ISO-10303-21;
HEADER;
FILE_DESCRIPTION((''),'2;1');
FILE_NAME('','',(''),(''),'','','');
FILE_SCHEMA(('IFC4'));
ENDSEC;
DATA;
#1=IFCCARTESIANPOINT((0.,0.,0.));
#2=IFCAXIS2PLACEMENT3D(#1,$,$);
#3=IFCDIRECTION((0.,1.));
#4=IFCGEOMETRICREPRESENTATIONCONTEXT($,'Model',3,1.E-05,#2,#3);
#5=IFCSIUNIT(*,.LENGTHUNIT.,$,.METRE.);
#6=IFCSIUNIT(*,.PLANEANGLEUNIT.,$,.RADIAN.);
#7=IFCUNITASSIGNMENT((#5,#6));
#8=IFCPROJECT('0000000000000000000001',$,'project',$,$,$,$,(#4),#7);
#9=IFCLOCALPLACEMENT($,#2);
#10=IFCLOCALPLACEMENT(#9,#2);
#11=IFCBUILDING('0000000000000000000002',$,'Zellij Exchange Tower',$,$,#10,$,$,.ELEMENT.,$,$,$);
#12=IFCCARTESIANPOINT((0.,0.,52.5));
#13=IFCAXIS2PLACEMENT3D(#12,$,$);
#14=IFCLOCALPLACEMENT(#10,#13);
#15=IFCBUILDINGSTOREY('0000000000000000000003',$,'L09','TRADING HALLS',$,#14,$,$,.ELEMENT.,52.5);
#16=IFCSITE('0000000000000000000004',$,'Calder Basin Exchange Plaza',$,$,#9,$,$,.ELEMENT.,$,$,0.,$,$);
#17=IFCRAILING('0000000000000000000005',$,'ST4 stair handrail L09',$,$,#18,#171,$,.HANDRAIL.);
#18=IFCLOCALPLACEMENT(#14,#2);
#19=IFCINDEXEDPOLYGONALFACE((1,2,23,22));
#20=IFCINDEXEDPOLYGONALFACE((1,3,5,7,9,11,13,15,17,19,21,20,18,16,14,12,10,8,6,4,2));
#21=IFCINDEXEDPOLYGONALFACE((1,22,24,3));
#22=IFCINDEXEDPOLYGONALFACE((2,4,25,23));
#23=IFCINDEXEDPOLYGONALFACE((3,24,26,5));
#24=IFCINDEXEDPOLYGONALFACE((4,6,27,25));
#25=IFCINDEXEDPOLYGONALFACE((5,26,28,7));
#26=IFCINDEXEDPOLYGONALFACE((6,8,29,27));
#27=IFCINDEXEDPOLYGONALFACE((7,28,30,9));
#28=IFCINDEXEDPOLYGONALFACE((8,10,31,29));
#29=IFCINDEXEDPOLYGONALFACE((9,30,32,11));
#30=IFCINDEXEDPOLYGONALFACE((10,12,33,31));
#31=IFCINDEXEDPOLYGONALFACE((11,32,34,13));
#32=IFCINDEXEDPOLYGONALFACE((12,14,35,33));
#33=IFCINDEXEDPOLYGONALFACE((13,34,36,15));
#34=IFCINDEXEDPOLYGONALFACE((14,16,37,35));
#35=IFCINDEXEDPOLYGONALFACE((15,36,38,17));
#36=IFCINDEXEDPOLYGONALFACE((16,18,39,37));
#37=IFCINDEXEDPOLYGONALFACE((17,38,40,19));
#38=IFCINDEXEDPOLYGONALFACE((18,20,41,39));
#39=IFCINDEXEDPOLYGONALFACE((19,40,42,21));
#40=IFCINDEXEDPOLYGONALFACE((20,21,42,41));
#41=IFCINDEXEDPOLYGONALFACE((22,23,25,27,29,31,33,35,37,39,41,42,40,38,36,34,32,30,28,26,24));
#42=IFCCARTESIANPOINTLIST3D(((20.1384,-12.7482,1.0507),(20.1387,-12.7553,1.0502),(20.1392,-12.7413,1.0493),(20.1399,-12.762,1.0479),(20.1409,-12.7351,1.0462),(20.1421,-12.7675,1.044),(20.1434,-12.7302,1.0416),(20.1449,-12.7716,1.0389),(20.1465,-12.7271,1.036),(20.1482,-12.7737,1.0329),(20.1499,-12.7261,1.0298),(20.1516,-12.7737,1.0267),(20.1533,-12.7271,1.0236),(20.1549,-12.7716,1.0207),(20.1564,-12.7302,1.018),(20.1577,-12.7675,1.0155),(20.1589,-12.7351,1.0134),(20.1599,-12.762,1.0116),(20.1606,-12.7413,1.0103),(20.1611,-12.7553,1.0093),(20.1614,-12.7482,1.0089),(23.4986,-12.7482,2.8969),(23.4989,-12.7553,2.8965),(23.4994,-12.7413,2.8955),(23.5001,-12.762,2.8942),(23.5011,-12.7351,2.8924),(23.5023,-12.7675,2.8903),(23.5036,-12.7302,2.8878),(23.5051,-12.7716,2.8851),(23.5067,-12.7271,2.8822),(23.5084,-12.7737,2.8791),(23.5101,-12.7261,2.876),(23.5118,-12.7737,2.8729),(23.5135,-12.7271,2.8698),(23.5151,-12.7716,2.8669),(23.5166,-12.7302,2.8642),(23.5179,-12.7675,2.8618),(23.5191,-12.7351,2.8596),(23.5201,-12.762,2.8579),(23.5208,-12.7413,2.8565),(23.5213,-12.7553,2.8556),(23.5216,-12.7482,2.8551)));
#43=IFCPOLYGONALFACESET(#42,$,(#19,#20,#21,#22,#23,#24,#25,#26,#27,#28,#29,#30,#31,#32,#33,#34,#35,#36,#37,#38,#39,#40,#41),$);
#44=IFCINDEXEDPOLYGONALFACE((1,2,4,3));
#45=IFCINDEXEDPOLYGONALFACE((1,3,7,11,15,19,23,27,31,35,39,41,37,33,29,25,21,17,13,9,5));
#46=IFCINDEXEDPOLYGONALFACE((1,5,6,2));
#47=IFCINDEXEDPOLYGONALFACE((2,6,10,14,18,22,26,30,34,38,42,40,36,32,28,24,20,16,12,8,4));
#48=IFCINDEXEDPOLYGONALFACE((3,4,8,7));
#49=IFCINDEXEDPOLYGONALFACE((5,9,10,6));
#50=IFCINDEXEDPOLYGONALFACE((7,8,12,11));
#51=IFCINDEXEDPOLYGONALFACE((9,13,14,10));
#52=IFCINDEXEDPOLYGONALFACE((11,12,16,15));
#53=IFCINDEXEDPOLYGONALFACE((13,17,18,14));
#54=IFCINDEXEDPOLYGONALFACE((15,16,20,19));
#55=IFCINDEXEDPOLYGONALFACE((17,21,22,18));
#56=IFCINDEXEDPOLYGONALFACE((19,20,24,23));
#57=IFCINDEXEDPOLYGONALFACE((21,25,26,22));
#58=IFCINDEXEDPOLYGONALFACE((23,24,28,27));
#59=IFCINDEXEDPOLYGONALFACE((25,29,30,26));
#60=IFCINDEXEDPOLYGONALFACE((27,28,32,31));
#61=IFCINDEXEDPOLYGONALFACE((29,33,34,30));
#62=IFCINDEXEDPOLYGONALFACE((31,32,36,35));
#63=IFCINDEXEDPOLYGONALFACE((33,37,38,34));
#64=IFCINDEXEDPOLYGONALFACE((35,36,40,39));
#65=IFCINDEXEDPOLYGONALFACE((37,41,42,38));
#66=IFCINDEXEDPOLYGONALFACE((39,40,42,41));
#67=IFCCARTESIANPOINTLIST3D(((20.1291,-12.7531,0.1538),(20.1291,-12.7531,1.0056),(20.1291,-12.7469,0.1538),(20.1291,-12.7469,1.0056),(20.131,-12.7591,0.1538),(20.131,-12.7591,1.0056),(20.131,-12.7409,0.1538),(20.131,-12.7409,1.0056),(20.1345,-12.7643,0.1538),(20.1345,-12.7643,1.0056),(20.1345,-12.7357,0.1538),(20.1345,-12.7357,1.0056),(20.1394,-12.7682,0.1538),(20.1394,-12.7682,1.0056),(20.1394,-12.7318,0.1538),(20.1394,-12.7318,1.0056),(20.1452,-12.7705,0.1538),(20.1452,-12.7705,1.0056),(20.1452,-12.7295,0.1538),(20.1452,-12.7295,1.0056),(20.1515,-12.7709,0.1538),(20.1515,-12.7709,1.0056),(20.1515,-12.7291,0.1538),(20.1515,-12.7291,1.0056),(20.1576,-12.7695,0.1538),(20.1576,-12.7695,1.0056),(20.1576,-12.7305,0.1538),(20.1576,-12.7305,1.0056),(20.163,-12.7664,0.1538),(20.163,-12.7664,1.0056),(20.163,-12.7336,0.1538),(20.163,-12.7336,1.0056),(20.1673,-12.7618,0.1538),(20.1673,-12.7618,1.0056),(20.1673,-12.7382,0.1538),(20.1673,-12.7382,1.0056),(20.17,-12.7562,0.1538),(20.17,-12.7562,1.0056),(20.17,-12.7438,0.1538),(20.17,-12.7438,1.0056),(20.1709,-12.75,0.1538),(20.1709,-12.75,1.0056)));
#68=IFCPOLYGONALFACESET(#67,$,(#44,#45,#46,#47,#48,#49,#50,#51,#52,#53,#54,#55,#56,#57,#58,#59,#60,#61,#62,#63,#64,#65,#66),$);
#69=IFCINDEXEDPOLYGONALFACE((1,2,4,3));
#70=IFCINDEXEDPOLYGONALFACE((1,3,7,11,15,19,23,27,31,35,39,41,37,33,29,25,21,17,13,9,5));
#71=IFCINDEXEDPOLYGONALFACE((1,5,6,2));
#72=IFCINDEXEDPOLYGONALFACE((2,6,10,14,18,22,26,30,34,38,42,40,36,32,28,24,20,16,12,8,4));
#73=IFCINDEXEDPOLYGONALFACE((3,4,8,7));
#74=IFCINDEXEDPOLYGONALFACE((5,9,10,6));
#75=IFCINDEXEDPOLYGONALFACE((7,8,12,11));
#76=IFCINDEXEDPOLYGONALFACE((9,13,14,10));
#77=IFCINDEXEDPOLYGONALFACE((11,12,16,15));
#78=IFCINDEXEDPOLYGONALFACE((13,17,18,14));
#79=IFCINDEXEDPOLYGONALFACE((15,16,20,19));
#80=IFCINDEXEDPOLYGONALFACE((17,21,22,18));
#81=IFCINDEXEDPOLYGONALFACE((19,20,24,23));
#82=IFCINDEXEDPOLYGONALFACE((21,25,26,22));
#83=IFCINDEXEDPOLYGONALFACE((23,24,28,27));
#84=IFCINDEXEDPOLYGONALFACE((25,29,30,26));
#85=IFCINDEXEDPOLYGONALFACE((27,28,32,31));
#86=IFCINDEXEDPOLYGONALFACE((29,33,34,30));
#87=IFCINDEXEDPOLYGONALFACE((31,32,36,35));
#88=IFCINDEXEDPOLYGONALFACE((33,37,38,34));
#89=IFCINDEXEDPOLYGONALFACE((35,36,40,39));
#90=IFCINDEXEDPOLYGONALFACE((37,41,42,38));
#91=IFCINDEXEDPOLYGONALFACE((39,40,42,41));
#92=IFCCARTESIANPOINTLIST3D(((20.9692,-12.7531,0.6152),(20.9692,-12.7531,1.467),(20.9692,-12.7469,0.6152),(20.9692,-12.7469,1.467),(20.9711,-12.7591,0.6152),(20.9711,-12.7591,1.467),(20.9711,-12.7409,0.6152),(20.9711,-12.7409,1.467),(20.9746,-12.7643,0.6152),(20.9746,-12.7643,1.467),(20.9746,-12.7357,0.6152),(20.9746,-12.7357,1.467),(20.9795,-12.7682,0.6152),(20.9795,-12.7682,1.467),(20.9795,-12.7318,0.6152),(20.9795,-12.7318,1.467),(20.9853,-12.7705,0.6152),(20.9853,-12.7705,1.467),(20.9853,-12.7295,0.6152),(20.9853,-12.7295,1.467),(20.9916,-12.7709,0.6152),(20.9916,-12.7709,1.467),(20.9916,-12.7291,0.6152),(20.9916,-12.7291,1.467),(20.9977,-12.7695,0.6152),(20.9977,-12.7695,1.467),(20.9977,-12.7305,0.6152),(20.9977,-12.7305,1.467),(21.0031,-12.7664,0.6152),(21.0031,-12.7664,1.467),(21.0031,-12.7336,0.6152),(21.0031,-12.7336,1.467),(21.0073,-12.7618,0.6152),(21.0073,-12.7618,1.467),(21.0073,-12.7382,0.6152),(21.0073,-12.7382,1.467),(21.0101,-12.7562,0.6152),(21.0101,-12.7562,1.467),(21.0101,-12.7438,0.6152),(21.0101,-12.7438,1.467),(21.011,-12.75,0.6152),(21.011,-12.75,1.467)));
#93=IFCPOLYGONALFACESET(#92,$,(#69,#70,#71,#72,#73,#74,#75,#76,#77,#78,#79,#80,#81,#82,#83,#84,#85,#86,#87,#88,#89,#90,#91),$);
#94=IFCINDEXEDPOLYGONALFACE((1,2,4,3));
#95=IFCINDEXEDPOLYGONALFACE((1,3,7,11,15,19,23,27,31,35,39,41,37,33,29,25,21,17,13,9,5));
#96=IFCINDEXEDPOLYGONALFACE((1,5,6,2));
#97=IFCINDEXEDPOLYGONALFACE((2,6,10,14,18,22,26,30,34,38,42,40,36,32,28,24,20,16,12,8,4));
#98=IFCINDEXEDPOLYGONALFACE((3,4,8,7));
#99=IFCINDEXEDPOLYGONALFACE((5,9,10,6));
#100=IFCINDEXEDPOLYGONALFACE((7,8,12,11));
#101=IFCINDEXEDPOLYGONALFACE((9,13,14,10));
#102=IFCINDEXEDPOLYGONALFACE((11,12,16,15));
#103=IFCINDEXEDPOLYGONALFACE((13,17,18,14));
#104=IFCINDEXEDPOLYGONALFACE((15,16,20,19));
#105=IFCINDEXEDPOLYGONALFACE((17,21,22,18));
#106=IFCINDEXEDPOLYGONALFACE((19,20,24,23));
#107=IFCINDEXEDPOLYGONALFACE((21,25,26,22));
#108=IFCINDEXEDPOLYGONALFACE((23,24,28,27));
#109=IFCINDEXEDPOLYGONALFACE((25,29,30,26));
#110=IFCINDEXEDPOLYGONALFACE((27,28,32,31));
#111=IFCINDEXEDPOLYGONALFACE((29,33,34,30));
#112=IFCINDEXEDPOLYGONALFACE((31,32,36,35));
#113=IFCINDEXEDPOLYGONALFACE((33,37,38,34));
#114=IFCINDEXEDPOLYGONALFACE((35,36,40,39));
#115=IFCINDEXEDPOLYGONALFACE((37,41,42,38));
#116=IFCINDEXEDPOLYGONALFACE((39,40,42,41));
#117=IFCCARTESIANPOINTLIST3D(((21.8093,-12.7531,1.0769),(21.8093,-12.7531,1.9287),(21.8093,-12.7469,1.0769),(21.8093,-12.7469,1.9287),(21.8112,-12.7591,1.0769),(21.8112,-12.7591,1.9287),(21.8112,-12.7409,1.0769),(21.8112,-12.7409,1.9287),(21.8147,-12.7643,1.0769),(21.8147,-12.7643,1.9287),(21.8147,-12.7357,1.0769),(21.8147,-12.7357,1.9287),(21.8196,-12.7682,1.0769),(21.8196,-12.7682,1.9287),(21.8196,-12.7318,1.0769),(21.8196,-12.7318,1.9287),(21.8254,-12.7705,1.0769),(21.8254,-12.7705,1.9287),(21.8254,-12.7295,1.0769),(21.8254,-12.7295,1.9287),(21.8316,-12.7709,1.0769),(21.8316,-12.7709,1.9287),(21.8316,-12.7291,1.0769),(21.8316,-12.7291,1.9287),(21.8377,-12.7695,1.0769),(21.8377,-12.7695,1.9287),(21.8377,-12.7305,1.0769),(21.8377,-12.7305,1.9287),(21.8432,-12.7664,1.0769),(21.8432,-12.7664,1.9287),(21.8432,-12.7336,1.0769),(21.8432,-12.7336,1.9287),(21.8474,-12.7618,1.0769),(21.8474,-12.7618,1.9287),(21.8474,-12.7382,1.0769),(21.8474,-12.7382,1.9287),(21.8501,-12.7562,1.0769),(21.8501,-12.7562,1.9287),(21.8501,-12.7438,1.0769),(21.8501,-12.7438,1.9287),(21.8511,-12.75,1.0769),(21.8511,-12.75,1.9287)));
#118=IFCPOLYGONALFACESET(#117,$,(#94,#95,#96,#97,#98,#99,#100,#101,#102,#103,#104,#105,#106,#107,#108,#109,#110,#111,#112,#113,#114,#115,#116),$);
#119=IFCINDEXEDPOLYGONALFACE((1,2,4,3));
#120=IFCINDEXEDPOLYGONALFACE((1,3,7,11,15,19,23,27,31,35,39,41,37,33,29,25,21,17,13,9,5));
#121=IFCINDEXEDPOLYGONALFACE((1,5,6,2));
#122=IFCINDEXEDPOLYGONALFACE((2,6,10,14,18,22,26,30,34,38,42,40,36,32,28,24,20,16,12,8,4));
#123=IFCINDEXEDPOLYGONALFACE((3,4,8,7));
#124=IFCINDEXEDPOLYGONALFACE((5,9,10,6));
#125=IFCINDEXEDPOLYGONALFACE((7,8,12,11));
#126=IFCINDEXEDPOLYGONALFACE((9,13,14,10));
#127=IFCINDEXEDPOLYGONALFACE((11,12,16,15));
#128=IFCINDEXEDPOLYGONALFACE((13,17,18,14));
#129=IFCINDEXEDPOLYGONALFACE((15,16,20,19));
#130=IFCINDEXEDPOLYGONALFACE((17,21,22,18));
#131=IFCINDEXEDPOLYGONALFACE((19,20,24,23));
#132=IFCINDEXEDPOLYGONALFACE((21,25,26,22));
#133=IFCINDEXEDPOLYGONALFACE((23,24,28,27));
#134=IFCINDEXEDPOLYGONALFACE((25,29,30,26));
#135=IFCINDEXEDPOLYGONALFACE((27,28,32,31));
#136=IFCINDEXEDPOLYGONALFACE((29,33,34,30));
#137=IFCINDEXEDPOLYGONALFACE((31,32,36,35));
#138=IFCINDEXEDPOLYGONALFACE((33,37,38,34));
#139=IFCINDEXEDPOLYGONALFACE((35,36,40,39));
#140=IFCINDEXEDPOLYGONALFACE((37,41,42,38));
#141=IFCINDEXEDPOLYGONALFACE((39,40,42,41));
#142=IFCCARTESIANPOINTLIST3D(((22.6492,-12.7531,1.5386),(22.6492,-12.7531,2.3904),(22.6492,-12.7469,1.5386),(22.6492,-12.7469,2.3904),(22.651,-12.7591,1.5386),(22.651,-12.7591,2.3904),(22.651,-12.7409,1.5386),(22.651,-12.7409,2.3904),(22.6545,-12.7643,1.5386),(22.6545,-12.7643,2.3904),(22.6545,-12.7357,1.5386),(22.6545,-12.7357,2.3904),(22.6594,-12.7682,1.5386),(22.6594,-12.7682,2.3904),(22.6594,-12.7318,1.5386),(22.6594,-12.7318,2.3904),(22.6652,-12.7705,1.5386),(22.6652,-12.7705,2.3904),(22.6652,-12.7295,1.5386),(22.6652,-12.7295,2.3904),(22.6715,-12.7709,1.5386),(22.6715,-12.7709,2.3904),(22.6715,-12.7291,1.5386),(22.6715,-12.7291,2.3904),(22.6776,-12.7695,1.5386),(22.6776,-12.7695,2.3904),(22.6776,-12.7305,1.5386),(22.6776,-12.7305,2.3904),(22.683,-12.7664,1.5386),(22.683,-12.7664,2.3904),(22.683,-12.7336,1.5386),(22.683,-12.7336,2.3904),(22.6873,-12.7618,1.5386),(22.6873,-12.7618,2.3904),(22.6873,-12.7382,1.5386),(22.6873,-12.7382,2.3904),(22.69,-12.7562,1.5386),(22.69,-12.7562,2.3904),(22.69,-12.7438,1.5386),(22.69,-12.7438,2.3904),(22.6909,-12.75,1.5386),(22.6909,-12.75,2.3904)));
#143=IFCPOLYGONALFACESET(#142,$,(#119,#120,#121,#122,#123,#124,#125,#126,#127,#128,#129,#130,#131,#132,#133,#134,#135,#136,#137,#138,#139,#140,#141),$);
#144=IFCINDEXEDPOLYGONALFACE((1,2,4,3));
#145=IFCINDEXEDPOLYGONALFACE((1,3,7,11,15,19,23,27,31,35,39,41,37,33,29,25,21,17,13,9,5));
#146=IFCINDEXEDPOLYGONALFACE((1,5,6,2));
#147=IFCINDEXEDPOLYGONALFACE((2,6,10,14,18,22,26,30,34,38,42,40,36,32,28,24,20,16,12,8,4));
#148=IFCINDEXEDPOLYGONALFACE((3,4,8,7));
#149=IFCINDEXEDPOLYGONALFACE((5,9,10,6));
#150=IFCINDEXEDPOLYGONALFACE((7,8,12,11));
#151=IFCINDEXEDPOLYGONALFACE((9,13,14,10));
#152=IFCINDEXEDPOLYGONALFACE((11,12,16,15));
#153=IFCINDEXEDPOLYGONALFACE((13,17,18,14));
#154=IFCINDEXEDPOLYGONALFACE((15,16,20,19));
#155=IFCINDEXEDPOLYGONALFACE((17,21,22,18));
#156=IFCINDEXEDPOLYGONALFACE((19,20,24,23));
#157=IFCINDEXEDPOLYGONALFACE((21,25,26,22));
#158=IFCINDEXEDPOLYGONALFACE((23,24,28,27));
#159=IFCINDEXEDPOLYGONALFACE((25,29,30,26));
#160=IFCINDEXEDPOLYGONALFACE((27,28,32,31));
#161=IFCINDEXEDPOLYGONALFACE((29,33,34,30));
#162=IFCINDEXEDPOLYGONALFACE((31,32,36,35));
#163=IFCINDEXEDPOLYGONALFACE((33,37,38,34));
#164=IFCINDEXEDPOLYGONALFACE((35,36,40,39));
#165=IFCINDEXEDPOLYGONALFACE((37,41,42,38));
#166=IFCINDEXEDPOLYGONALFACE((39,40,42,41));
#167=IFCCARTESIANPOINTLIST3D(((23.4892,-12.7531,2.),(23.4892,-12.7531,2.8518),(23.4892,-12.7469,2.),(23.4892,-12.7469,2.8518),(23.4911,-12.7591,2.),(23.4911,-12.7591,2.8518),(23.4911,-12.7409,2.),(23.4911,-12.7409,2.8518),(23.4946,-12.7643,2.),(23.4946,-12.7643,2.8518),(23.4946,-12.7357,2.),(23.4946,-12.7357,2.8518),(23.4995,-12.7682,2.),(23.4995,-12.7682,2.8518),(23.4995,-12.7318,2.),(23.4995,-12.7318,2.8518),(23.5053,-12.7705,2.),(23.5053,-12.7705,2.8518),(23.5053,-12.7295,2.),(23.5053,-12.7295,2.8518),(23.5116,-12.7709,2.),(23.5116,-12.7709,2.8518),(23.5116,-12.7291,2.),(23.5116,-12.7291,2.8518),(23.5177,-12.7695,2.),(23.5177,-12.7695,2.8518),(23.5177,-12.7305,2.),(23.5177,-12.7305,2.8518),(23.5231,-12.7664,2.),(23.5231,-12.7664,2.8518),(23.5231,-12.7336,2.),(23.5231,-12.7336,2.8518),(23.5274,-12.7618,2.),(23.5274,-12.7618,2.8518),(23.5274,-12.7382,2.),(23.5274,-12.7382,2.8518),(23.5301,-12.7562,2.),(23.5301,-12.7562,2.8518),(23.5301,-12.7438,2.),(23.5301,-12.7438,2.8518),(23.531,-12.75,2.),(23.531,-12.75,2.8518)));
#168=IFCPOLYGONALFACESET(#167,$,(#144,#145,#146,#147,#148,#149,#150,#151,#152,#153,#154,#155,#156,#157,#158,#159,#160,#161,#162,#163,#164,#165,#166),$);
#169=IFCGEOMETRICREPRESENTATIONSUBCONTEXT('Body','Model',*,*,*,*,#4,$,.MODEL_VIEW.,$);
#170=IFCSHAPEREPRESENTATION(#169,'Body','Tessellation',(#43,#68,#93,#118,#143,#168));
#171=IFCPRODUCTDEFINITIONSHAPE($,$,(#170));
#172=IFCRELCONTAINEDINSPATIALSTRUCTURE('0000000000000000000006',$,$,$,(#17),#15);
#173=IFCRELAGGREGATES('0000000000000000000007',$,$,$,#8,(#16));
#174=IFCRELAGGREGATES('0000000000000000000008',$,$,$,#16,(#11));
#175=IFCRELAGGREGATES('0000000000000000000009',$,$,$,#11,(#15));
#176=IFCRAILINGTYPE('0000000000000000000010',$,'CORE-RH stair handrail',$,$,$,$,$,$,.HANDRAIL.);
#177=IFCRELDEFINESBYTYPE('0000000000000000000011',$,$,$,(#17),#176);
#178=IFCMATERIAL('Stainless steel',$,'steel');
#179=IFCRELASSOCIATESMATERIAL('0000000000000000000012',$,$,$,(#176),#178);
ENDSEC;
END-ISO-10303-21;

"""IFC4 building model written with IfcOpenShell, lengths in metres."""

from ifc_helpers import new_model, si_unit, direction, frame, origin, origin_2d, place, context, subcontext, project, spatial, circle, extrude, material, type_object, element, save


model = new_model("IFC4")

# Units and contexts
model_context = context("Model", 3, precision=1e-05, world=origin(), true_north=direction((0.0, 1.0)))
body_context = subcontext(model_context, "Body", "Model", "MODEL_VIEW")
ifc_project = project(units=[si_unit("LENGTHUNIT", "METRE"), si_unit("PLANEANGLEUNIT", "RADIAN")], contexts=[model_context])

# Site, building, storey
site_placement = place(None, origin())
site = spatial("IfcSite", under=ifc_project, at=site_placement, Name="Calder Basin Exchange Plaza", CompositionType="ELEMENT", RefElevation=0.0)
building_placement = place(site_placement, origin())
building = spatial("IfcBuilding", under=site, at=building_placement, Name="Zellij Exchange Tower", CompositionType="ELEMENT")
storey_placement = place(building_placement, frame((0.0, 0.0, 52.5)))
storey = spatial("IfcBuildingStorey", under=building, at=storey_placement, Name="L09", Description="TRADING HALLS", CompositionType="ELEMENT", Elevation=52.5)

# Railing
ifc_material_1 = material(Name="Stainless steel", Category="steel")
railing_type_1 = type_object("IfcRailingType", Name="CORE-RH stair handrail", PredefinedType="HANDRAIL", material=ifc_material_1)
for number, where, name in (
    (1, (20.1499, -12.75, 0.1538), "ST4 stair handrail L09"),
):
    element("IfcRailing", number, at=place(storey_placement, frame(where)), inside=storey, type_object=railing_type_1, Name=name, PredefinedType="HANDRAIL", context=body_context, shape_type="SweptSolid", body=[
        extrude(circle(Radius=0.0239, at=origin_2d()), frame((0.0, 0.0, 0.876), z_axis=(0.876422, 0.0, 0.481545), x_axis=(0.0, 1.0, 0.0)), (0.0, 0.0, 1.0), 3.834),
        extrude(circle(Radius=0.021, at=origin_2d()), origin(), (0.0, 0.0, 1.0), 0.8518),
        extrude(circle(Radius=0.021, at=origin_2d()), frame((0.8401, 0.0, 0.4614)), (0.0, 0.0, 1.0), 0.8518),
        extrude(circle(Radius=0.021, at=origin_2d()), frame((1.6802, 0.0, 0.9231)), (0.0, 0.0, 1.0), 0.8518),
        extrude(circle(Radius=0.021, at=origin_2d()), frame((2.52, 0.0, 1.3848)), (0.0, 0.0, 1.0), 0.8518),
        extrude(circle(Radius=0.021, at=origin_2d()), frame((3.3601, 0.0, 1.8462)), (0.0, 0.0, 1.0), 0.8518),
    ])

save(model, "model.ifc")
